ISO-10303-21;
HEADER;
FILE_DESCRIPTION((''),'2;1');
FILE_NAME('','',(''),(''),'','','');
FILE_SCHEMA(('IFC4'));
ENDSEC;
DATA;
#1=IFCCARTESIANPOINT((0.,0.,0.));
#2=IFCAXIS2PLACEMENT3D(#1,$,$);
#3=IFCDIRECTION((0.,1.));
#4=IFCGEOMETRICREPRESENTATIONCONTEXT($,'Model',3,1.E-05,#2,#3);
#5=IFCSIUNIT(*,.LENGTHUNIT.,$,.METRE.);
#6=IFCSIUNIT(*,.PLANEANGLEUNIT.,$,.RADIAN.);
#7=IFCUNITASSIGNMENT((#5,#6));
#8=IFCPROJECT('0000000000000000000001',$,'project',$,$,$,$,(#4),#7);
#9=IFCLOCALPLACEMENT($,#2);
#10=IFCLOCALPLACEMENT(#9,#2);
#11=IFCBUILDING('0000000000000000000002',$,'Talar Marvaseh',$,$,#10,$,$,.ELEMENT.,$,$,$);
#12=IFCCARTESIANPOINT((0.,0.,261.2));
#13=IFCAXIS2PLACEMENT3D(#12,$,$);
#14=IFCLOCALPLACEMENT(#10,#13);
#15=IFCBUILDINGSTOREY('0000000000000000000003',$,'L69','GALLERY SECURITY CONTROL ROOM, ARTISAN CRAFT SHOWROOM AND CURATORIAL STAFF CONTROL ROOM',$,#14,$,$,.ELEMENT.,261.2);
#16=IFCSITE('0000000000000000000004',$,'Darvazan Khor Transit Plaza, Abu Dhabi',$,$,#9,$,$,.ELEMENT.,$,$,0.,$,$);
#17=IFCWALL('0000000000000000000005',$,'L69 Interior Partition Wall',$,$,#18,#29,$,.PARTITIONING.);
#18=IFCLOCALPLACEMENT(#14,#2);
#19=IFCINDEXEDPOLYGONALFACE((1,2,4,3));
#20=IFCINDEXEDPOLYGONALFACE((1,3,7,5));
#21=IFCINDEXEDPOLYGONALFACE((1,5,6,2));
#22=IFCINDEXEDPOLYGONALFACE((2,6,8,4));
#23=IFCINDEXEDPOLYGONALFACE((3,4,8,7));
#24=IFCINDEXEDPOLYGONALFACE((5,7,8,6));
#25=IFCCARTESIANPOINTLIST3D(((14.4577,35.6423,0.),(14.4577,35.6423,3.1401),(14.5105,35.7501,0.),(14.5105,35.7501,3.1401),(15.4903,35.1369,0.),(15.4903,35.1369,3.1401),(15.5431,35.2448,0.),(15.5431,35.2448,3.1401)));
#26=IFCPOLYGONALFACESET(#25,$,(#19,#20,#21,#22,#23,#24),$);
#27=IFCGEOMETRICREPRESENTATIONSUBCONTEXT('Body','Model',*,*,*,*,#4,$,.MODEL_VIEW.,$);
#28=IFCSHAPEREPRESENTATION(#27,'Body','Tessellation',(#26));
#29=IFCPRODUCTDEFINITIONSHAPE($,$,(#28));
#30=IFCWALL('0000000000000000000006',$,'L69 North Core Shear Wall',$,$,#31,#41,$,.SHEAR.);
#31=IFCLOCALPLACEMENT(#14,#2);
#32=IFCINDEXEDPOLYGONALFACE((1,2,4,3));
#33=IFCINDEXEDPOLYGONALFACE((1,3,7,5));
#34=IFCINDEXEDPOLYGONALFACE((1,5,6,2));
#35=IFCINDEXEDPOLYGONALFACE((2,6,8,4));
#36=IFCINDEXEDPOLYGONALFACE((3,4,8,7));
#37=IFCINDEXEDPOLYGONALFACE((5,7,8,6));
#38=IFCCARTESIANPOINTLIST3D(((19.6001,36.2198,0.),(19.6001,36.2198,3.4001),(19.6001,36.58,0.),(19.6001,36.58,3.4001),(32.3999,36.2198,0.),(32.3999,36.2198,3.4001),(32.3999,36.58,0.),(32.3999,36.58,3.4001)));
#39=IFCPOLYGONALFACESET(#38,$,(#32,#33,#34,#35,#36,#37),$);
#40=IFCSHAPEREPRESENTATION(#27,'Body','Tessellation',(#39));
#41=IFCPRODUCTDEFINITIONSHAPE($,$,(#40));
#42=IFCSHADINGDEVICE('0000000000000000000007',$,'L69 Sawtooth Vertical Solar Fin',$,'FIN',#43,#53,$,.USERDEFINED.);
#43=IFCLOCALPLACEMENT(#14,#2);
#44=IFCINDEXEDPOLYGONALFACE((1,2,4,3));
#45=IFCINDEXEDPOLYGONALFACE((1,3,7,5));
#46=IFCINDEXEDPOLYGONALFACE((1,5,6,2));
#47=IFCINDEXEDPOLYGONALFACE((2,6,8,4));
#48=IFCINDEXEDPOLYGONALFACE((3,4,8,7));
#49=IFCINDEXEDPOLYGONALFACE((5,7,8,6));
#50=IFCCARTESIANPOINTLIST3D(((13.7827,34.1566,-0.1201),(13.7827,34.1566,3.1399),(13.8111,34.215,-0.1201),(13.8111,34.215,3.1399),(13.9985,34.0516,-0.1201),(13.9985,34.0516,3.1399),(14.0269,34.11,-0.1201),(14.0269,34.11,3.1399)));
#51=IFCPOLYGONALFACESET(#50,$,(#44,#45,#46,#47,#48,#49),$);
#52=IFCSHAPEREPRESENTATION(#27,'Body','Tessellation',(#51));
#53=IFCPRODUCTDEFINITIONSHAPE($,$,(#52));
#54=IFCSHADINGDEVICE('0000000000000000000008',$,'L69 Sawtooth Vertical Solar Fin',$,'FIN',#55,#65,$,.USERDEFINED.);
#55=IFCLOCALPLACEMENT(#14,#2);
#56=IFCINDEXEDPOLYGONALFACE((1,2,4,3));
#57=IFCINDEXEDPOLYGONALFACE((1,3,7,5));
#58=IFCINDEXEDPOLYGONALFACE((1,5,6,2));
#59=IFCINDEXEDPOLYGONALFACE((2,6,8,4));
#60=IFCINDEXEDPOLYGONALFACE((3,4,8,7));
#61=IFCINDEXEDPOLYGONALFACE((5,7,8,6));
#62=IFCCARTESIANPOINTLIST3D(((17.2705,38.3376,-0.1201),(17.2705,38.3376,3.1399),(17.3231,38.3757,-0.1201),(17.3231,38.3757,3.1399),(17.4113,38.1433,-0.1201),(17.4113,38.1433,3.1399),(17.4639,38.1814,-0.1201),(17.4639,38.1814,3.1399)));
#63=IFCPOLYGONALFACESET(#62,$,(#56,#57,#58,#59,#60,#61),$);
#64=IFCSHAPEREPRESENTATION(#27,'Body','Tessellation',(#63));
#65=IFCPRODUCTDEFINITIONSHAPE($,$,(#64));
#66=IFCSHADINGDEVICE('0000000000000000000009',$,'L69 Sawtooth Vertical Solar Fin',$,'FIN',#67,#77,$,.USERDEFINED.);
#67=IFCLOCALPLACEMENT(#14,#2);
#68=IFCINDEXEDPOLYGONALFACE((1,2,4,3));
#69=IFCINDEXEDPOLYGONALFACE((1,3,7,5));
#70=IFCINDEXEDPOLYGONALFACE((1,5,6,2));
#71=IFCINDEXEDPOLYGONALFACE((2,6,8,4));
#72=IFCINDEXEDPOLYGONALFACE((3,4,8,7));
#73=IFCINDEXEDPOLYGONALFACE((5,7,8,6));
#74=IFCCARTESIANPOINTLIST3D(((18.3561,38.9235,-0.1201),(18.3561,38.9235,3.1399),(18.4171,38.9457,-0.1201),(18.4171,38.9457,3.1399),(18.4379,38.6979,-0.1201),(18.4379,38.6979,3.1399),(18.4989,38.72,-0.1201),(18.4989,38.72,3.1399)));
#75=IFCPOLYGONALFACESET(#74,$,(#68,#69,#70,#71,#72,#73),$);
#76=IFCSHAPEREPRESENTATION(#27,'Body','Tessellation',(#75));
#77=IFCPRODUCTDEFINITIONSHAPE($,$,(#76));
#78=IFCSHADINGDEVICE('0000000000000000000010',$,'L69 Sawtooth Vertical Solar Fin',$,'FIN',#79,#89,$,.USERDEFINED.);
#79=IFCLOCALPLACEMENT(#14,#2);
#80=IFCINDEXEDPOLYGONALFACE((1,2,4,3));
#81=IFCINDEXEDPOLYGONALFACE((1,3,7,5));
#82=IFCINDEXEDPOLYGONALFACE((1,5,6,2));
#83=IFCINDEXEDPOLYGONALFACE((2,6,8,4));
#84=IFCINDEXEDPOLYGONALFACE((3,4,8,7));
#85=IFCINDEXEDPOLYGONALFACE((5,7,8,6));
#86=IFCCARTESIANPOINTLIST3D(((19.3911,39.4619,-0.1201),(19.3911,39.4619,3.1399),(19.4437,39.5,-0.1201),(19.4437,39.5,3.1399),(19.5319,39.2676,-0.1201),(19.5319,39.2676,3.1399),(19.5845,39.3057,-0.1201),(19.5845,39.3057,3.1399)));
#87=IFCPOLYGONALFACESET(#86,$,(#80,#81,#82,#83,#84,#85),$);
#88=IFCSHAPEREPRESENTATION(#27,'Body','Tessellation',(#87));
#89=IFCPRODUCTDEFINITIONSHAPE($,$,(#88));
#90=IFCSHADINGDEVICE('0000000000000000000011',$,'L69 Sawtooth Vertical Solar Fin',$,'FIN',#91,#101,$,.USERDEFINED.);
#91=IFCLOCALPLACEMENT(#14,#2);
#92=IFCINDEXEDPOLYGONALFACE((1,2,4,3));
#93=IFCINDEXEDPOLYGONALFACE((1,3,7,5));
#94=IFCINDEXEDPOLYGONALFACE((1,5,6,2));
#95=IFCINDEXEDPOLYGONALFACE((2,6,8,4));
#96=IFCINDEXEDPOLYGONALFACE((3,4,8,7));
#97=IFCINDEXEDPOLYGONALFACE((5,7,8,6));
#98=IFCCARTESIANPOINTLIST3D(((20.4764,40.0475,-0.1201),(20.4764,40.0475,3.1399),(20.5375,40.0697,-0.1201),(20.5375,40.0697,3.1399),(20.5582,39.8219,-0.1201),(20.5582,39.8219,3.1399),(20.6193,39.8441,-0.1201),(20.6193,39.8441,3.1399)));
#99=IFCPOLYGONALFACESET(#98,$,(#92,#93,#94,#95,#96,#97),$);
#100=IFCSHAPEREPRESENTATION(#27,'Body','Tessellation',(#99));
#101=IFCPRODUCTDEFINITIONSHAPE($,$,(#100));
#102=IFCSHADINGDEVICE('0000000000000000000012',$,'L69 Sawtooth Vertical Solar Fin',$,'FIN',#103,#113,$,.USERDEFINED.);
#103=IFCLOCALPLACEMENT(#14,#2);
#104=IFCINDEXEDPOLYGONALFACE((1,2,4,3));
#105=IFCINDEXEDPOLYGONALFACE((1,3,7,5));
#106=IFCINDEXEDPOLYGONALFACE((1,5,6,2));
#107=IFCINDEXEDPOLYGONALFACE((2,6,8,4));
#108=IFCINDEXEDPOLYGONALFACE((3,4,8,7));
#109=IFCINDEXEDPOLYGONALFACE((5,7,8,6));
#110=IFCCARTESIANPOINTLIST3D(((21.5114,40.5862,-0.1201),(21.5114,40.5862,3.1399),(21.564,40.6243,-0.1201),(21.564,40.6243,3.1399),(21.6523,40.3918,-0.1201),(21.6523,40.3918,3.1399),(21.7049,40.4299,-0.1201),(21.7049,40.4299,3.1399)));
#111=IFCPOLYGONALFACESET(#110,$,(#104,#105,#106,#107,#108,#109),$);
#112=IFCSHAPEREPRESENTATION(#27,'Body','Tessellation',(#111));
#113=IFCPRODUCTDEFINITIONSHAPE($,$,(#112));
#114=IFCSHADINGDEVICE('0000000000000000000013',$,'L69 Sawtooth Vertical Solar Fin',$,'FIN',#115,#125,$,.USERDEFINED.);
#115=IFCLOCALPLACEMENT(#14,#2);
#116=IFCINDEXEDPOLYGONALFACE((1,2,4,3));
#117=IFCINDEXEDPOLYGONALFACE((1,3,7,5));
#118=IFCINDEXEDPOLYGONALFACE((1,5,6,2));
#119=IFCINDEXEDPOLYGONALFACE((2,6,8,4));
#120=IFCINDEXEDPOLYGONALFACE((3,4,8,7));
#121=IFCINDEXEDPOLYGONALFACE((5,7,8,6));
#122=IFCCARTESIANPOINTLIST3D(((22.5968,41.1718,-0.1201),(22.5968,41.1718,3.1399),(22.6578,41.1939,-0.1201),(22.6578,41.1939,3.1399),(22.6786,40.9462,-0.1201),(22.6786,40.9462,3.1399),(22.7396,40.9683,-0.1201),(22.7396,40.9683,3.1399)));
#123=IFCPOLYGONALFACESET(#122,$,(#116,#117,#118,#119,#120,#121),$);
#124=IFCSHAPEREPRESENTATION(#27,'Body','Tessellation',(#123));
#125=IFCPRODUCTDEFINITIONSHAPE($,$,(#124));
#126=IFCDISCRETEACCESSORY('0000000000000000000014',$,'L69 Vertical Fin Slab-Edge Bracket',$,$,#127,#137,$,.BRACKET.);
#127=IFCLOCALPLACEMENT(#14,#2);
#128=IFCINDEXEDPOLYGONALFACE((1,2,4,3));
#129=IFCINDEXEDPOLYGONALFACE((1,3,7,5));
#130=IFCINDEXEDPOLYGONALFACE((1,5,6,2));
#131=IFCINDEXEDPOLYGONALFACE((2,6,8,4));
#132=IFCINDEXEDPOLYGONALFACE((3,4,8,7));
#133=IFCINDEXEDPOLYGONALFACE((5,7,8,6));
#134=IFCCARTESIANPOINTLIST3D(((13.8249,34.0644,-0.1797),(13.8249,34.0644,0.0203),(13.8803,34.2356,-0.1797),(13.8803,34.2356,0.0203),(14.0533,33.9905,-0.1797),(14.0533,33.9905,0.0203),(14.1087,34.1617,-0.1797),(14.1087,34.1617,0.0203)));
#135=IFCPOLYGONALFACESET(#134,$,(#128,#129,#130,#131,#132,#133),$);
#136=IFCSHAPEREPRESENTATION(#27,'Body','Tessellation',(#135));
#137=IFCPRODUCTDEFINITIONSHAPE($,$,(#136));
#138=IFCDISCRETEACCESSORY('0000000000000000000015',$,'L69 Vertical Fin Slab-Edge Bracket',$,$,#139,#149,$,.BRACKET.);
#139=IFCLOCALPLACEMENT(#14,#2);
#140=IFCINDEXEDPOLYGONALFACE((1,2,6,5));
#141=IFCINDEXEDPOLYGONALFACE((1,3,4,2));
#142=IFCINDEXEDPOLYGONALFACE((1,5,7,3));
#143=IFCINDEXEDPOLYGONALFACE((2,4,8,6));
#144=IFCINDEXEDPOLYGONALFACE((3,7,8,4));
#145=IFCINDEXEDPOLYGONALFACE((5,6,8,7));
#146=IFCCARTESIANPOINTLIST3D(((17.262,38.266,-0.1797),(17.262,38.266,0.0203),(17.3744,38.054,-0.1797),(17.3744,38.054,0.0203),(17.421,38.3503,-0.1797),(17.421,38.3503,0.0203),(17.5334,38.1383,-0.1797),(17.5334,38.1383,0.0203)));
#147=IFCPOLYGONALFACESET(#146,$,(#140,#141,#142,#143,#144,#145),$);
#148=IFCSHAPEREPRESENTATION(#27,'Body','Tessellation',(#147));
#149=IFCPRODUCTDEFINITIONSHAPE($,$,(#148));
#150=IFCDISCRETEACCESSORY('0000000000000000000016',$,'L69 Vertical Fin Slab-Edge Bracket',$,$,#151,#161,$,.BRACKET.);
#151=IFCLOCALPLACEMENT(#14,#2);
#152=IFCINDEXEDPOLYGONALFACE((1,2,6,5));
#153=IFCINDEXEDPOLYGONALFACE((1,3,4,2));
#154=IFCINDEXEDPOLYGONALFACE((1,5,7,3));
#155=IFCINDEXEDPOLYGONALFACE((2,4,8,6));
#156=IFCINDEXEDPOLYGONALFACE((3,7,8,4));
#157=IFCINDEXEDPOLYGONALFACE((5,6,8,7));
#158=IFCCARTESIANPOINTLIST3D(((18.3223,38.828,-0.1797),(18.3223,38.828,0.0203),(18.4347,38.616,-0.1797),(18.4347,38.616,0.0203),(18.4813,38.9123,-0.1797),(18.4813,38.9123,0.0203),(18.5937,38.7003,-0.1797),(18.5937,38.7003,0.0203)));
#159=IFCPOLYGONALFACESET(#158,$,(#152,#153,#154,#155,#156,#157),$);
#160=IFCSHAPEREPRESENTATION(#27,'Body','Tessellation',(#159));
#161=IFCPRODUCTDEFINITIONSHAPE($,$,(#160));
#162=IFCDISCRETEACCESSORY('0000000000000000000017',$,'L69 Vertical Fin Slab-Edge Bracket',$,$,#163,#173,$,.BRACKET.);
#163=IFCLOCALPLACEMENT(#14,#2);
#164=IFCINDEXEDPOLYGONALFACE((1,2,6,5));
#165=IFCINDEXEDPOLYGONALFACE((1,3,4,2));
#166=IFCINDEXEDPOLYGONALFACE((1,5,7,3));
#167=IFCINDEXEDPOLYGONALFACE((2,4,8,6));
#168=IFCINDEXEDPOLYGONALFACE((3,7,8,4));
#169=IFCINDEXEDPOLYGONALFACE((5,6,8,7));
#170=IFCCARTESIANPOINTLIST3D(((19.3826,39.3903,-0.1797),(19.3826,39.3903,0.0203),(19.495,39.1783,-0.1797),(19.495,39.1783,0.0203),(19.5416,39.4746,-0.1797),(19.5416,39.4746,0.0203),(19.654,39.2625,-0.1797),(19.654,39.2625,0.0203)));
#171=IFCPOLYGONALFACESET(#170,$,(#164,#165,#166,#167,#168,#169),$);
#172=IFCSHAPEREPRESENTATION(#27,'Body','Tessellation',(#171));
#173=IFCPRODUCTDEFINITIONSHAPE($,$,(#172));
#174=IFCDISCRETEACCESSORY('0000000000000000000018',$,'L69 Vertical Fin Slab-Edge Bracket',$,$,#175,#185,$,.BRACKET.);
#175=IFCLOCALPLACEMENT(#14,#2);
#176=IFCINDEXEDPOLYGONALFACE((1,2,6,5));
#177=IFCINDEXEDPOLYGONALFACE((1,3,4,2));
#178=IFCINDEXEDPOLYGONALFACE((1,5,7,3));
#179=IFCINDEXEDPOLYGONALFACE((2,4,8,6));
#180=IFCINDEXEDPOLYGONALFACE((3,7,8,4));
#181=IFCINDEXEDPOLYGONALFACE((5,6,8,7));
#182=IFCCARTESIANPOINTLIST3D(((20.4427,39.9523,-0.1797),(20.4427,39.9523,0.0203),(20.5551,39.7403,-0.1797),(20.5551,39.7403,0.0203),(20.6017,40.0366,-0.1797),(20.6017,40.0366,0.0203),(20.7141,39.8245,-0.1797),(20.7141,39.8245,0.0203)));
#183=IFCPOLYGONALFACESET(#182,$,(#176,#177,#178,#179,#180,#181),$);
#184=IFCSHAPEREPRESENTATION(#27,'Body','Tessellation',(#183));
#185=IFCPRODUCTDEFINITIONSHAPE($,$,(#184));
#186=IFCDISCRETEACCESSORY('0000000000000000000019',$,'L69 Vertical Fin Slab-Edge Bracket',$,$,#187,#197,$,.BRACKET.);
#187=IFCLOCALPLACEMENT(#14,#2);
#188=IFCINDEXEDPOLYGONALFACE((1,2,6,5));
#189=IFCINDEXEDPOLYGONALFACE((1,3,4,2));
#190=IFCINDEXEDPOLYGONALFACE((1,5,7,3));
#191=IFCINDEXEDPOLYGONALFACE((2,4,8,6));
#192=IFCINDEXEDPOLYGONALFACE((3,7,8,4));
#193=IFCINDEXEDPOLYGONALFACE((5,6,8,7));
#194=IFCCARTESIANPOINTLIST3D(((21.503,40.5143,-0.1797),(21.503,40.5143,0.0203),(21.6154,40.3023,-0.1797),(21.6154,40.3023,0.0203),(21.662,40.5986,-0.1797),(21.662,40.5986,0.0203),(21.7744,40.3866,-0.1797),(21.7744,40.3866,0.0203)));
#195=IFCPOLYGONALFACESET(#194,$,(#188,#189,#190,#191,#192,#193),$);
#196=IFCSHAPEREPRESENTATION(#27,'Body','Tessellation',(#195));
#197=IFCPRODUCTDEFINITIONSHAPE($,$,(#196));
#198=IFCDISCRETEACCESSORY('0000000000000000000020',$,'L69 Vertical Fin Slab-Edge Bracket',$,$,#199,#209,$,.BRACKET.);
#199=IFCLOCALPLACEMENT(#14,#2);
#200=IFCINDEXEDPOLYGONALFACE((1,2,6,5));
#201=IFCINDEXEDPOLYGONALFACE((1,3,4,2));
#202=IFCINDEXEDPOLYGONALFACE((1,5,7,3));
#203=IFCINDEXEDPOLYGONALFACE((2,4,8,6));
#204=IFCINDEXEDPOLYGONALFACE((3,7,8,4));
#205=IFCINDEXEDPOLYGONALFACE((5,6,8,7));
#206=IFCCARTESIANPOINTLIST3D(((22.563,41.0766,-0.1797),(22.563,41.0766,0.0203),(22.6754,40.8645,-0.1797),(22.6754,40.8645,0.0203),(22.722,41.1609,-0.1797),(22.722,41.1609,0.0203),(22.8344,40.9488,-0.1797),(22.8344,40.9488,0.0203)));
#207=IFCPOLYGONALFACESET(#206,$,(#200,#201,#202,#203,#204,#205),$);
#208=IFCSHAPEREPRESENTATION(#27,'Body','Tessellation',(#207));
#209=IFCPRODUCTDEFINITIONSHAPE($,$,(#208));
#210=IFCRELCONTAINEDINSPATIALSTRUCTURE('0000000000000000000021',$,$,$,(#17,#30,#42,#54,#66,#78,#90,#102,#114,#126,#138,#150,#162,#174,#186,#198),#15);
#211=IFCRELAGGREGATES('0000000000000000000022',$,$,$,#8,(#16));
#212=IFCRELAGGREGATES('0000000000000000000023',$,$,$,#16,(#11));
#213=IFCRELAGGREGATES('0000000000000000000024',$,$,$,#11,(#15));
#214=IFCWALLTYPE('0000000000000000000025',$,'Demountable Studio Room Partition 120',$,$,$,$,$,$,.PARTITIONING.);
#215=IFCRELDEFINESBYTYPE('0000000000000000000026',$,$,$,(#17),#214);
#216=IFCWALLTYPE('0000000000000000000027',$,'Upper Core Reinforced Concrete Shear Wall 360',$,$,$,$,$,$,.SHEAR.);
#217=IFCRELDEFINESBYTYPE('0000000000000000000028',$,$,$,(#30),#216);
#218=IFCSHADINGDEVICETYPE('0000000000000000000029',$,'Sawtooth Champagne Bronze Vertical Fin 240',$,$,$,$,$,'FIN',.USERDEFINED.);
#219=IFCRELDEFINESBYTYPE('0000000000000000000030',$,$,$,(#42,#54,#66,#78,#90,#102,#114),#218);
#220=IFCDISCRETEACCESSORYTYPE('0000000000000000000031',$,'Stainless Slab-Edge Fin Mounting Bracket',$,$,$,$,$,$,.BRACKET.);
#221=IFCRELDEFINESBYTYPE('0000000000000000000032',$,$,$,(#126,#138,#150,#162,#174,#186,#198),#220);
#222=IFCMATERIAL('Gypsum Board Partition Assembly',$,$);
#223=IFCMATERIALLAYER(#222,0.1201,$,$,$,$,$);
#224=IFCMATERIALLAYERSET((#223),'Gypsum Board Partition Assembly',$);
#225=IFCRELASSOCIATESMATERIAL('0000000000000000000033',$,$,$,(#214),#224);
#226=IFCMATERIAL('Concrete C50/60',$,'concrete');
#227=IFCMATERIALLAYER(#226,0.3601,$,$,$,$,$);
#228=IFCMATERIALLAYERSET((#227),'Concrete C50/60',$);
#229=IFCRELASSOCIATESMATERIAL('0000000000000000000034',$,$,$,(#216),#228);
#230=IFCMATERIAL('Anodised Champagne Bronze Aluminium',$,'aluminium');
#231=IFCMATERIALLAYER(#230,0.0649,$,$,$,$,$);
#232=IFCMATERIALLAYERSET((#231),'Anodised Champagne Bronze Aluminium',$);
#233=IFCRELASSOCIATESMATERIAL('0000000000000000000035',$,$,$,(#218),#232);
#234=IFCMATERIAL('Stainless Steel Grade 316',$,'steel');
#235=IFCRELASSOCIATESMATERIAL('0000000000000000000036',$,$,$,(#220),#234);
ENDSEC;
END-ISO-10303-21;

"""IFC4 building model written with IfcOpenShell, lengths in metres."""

from ifc_helpers import new_model, si_unit, direction, frame, frame_2d, origin, origin_2d, place, context, subcontext, project, spatial, rectangle, extrude, source, transform, mapped, material, layer, layer_set, type_object, type_shapes, element, save


model = new_model("IFC4")

# Units and contexts
model_context = context("Model", 3, precision=1e-05, world=origin(), true_north=direction((0.0, 1.0)))
body_context = subcontext(model_context, "Body", "Model", "MODEL_VIEW")
ifc_project = project(units=[si_unit("LENGTHUNIT", "METRE"), si_unit("PLANEANGLEUNIT", "RADIAN")], contexts=[model_context])

# Site, building, storey
site_placement = place(None, origin())
site = spatial("IfcSite", under=ifc_project, at=site_placement, Name="Darvazan Khor Transit Plaza, Abu Dhabi", CompositionType="ELEMENT", RefElevation=0.0)
building_placement = place(site_placement, origin())
building = spatial("IfcBuilding", under=site, at=building_placement, Name="Talar Marvaseh", CompositionType="ELEMENT")
storey_placement = place(building_placement, frame((0.0, 0.0, 261.2)))
storey = spatial("IfcBuildingStorey", under=building, at=storey_placement, Name="L69", Description="GALLERY SECURITY CONTROL ROOM, ARTISAN CRAFT SHOWROOM AND CURATORIAL STAFF CONTROL ROOM", CompositionType="ELEMENT", Elevation=261.2)

# Shared definitions
ifc_material_1 = material(Name="Concrete C50/60", Category="concrete")

# Shared definitions
ifc_material_2 = material(Name="Gypsum Board Partition Assembly")

# Walls
ifc_layer_1 = layer(ifc_material_2, 0.1201)
ifc_layer_set_1 = layer_set([ifc_layer_1], Name="Gypsum Board Partition Assembly")
wall_type_1 = type_object("IfcWallType", Name="Demountable Studio Room Partition 120", PredefinedType="PARTITIONING", material=ifc_layer_set_1)
wall_1_placement = place(storey_placement, frame((15.5166, 35.1909, 0.0), z_axis=(0.0, 0.0, 1.0), x_axis=(-0.898217, 0.439553, 0.0)))
element("IfcWall", 1, at=wall_1_placement, inside=storey, type_object=wall_type_1, Name="L69 Interior Partition Wall", PredefinedType="PARTITIONING", context=body_context, shape_type="SweptSolid", body=[
    extrude(rectangle(XDim=1.1497, YDim=0.1201, at=frame_2d((0.5747, 0.0))), origin(), (0.0, 0.0, 1.0), 3.1401),
])
ifc_layer_2 = layer(ifc_material_1, 0.3601)
ifc_layer_set_2 = layer_set([ifc_layer_2], Name="Concrete C50/60")
wall_type_2 = type_object("IfcWallType", Name="Upper Core Reinforced Concrete Shear Wall 360", PredefinedType="SHEAR", material=ifc_layer_set_2)
wall_2_placement = place(storey_placement, frame((19.6001, 36.3999, 0.0), z_axis=(0.0, 0.0, 1.0), x_axis=(1.0, 0.0, 0.0)))
element("IfcWall", 2, at=wall_2_placement, inside=storey, type_object=wall_type_2, Name="L69 North Core Shear Wall", PredefinedType="SHEAR", context=body_context, shape_type="SweptSolid", body=[
    extrude(rectangle(XDim=12.7998, YDim=0.3601, at=frame_2d((6.3999, 0.0))), origin(), (0.0, 0.0, 1.0), 3.4001),
])

# Shading devices
ifc_material_3 = material(Name="Anodised Champagne Bronze Aluminium", Category="aluminium")
ifc_layer_3 = layer(ifc_material_3, 0.0649)
ifc_layer_set_3 = layer_set([ifc_layer_3], Name="Anodised Champagne Bronze Aluminium")
shading_device_type = type_object("IfcShadingDeviceType", Name="Sawtooth Champagne Bronze Vertical Fin 240", ElementType="FIN", PredefinedType="USERDEFINED", material=ifc_layer_set_3)
shared_shape_1 = source(origin(), body_context, "Body", "SweptSolid", [
    extrude(rectangle(XDim=0.24, YDim=0.0649, at=origin_2d()), origin(), (0.0, 0.0, 1.0), 3.26),
])
type_shapes(shading_device_type, [shared_shape_1])
for number, where, z_axis, x_axis, name in (
    (3, (13.9048, 34.1333, -0.1201), (0.0, 0.0, 1.0), (-0.899329, 0.437273, 0.0), "L69 Sawtooth Vertical Solar Fin"),
    (4, (17.3672, 38.2595, -0.1201), (0.0, 0.0, 1.0), (-0.586796, 0.809735, 0.0), "L69 Sawtooth Vertical Solar Fin"),
    (5, (18.4275, 38.8218, -0.1201), (0.0, 0.0, 1.0), (-0.340872, 0.94011, 0.0), "L69 Sawtooth Vertical Solar Fin"),
    (6, (19.4878, 39.3838, -0.1201), (0.0, 0.0, 1.0), (-0.586796, 0.809735, 0.0), "L69 Sawtooth Vertical Solar Fin"),
    (7, (20.5479, 39.9458, -0.1201), (0.0, 0.0, 1.0), (-0.340872, 0.94011, 0.0), "L69 Sawtooth Vertical Solar Fin"),
    (8, (21.6082, 40.5081, -0.1201), (0.0, 0.0, 1.0), (-0.586796, 0.809735, 0.0), "L69 Sawtooth Vertical Solar Fin"),
    (9, (22.6682, 41.0701, -0.1201), (0.0, 0.0, 1.0), (-0.340872, 0.94011, 0.0), "L69 Sawtooth Vertical Solar Fin"),
):
    element("IfcShadingDevice", number, at=place(storey_placement, frame(where, z_axis=z_axis, x_axis=x_axis)), inside=storey, type_object=shading_device_type, Name=name, ObjectType="FIN", PredefinedType="USERDEFINED", context=body_context, shape_type="MappedRepresentation", body=[
        mapped(shared_shape_1, transform((0.0, 0.0, 0.0), x_axis=(1.0, 0.0, 0.0), y_axis=(0.0, 1.0, 0.0), z_axis=(0.0, 0.0, 1.0), scale=1.0)),
    ])

# Discrete accessories
ifc_material_4 = material(Name="Stainless Steel Grade 316", Category="steel")
discrete_accessory_type = type_object("IfcDiscreteAccessoryType", Name="Stainless Slab-Edge Fin Mounting Bracket", PredefinedType="BRACKET", material=ifc_material_4)
shared_shape_2 = source(origin(), body_context, "Body", "SweptSolid", [
    extrude(rectangle(XDim=0.24, YDim=0.1799, at=origin_2d()), origin(), (0.0, 0.0, 1.0), 0.2),
])
type_shapes(discrete_accessory_type, [shared_shape_2])
for number, where, z_axis, x_axis, name in (
    (10, (13.9668, 34.113, -0.1797), (0.0, 0.0, 1.0), (-0.951433, 0.307855, 0.0), "L69 Vertical Fin Slab-Edge Bracket"),
    (11, (17.3977, 38.2021, -0.1797), (0.0, 0.0, 1.0), (-0.468392, 0.883521, 0.0), "L69 Vertical Fin Slab-Edge Bracket"),
    (12, (18.458, 38.7642, -0.1797), (0.0, 0.0, 1.0), (-0.468392, 0.883521, 0.0), "L69 Vertical Fin Slab-Edge Bracket"),
    (13, (19.5183, 39.3264, -0.1797), (0.0, 0.0, 1.0), (-0.468392, 0.883521, 0.0), "L69 Vertical Fin Slab-Edge Bracket"),
    (14, (20.5784, 39.8884, -0.1797), (0.0, 0.0, 1.0), (-0.468392, 0.883521, 0.0), "L69 Vertical Fin Slab-Edge Bracket"),
    (15, (21.6387, 40.4504, -0.1797), (0.0, 0.0, 1.0), (-0.468392, 0.883521, 0.0), "L69 Vertical Fin Slab-Edge Bracket"),
    (16, (22.6987, 41.0127, -0.1797), (0.0, 0.0, 1.0), (-0.468392, 0.883521, 0.0), "L69 Vertical Fin Slab-Edge Bracket"),
):
    element("IfcDiscreteAccessory", number, at=place(storey_placement, frame(where, z_axis=z_axis, x_axis=x_axis)), inside=storey, type_object=discrete_accessory_type, Name=name, PredefinedType="BRACKET", context=body_context, shape_type="MappedRepresentation", body=[
        mapped(shared_shape_2, transform((0.0, 0.0, 0.0), x_axis=(1.0, 0.0, 0.0), y_axis=(0.0, 1.0, 0.0), z_axis=(0.0, 0.0, 1.0), scale=1.0)),
    ])

save(model, "model.ifc")
